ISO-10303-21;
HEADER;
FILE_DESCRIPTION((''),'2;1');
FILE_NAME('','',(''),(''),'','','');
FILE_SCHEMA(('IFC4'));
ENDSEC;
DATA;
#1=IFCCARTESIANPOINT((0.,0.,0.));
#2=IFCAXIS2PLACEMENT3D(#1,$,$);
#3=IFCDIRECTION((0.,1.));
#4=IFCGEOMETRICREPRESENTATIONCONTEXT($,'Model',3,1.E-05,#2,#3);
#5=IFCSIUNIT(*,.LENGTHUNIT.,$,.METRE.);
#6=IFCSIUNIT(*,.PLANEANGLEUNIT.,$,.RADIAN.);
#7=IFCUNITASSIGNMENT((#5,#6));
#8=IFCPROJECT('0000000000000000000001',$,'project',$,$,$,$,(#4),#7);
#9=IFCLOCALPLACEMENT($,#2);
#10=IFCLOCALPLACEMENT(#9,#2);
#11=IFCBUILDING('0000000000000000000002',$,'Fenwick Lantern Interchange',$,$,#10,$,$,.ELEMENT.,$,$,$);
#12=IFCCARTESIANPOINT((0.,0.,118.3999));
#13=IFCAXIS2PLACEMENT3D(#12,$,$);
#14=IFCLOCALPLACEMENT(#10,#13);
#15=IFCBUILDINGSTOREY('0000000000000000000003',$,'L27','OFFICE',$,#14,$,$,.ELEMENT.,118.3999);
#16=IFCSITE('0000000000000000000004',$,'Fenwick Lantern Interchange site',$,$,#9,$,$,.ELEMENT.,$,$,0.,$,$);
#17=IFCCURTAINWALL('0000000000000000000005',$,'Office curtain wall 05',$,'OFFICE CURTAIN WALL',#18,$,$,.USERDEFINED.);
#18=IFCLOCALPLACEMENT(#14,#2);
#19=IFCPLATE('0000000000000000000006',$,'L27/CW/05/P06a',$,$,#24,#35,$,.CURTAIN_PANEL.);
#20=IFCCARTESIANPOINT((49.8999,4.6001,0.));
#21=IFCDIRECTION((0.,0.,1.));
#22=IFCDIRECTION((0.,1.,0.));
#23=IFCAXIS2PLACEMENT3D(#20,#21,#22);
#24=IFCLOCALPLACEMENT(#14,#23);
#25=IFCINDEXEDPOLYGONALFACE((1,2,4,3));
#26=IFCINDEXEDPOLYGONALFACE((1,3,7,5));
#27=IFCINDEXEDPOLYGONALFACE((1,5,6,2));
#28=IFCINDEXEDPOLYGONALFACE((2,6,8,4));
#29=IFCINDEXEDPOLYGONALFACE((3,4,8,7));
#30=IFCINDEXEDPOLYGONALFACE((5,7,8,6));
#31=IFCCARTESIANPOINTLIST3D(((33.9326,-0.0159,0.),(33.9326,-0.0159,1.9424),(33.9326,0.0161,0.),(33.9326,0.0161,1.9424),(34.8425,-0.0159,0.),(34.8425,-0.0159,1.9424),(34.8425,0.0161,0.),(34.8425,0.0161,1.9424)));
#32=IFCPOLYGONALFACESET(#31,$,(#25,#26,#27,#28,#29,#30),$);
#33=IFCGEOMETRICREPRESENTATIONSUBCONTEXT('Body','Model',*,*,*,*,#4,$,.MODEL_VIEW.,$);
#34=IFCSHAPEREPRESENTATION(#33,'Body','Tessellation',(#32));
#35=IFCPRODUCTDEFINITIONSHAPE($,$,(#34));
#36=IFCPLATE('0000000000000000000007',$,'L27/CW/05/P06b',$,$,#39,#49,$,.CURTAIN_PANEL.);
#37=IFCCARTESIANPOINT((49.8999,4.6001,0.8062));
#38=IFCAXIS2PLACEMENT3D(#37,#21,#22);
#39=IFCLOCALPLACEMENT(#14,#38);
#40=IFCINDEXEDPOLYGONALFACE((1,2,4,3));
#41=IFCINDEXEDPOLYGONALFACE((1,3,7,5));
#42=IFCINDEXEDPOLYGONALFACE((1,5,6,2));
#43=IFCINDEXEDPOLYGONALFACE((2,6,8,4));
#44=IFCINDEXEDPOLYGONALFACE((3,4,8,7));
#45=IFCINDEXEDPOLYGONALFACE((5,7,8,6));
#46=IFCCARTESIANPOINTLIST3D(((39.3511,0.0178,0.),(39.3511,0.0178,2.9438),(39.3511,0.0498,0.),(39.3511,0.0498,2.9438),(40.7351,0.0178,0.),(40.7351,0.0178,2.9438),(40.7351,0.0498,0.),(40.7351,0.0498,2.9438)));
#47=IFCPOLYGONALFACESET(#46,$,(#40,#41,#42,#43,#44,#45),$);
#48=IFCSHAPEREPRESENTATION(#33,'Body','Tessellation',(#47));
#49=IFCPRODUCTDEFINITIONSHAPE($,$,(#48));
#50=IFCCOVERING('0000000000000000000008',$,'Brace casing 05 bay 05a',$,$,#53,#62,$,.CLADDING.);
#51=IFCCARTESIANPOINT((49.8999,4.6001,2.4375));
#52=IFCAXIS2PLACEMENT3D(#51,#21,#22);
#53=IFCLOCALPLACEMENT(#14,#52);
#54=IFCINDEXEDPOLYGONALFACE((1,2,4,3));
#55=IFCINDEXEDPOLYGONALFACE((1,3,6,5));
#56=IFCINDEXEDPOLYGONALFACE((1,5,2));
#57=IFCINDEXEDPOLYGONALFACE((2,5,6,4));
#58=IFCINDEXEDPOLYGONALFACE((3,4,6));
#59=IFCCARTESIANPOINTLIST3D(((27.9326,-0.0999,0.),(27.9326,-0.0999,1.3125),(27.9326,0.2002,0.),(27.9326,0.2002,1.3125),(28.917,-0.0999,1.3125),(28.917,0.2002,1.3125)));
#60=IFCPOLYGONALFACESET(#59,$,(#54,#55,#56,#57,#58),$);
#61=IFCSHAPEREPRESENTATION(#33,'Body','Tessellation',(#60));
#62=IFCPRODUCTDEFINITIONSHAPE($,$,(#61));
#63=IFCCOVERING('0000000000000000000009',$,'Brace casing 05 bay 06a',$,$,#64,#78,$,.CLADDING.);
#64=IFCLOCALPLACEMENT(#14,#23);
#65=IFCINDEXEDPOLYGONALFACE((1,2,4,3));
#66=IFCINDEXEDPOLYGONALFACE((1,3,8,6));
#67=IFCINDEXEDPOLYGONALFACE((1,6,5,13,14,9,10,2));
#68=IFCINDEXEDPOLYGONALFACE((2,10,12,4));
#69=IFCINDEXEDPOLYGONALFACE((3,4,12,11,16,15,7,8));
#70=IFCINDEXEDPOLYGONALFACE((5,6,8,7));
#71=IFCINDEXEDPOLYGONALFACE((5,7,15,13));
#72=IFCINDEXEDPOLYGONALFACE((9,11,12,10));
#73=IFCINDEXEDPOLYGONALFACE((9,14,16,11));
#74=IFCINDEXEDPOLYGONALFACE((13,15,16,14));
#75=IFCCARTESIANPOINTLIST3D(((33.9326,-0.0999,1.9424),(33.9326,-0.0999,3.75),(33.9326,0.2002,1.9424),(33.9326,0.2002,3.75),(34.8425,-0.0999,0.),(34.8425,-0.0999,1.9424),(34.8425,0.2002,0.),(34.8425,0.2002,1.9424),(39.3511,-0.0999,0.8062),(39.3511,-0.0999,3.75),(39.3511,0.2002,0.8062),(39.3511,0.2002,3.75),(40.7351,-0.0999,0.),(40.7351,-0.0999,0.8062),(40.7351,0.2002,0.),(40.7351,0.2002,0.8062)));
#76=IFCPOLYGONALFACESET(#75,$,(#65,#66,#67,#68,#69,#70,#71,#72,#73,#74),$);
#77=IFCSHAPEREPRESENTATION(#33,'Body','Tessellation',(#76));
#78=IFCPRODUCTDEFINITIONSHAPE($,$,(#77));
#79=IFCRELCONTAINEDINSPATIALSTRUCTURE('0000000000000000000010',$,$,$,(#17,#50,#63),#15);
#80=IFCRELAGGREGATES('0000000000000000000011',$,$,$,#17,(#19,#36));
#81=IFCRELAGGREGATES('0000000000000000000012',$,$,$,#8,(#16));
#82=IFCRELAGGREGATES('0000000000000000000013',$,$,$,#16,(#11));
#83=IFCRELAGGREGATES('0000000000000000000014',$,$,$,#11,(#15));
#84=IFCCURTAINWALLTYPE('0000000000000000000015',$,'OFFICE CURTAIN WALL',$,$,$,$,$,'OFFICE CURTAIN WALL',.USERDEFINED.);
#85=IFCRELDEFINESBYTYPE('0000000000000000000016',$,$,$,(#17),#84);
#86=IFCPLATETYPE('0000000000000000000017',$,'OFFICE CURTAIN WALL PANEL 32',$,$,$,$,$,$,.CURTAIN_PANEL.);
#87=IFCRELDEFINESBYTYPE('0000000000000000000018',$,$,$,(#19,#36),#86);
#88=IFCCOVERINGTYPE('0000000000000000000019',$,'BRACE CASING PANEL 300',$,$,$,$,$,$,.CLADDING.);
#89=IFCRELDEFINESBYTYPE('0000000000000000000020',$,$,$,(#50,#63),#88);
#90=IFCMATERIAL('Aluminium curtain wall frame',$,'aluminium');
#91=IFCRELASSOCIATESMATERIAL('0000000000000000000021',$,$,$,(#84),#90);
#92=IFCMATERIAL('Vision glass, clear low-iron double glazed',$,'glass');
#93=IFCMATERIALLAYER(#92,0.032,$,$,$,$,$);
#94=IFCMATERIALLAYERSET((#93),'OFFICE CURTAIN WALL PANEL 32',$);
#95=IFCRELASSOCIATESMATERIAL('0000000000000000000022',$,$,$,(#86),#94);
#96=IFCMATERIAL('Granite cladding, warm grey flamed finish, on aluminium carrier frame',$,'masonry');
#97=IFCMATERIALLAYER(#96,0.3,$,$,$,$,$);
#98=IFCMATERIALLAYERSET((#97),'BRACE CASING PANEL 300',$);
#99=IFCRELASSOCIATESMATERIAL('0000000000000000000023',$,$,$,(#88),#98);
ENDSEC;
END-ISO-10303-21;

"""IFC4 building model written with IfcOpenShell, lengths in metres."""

from ifc_helpers import new_model, si_unit, direction, frame, origin, place, context, subcontext, project, spatial, polyline, outline, extrude, material, layer, layer_set, type_object, element, aggregate, save


model = new_model("IFC4")

# Units and contexts
model_context = context("Model", 3, precision=1e-05, world=origin(), true_north=direction((0.0, 1.0)))
body_context = subcontext(model_context, "Body", "Model", "MODEL_VIEW")
ifc_project = project(units=[si_unit("LENGTHUNIT", "METRE"), si_unit("PLANEANGLEUNIT", "RADIAN")], contexts=[model_context])

# Site, building, storey
site_placement = place(None, origin())
site = spatial("IfcSite", under=ifc_project, at=site_placement, Name="Fenwick Lantern Interchange site", CompositionType="ELEMENT", RefElevation=0.0)
building_placement = place(site_placement, origin())
building = spatial("IfcBuilding", under=site, at=building_placement, Name="Fenwick Lantern Interchange", CompositionType="ELEMENT")
storey_placement = place(building_placement, frame((0.0, 0.0, 118.3999)))
storey = spatial("IfcBuildingStorey", under=building, at=storey_placement, Name="L27", Description="OFFICE", CompositionType="ELEMENT", Elevation=118.3999)

# Curtain wall, plates
ifc_material_1 = material(Name="Aluminium curtain wall frame", Category="aluminium")
curtain_wall_type = type_object("IfcCurtainWallType", Name="OFFICE CURTAIN WALL", ElementType="OFFICE CURTAIN WALL", PredefinedType="USERDEFINED", material=ifc_material_1)
curtain_wall_placement = place(storey_placement, origin())
curtain_wall = element("IfcCurtainWall", 1, at=curtain_wall_placement, inside=storey, type_object=curtain_wall_type, Name="Office curtain wall 05", ObjectType="OFFICE CURTAIN WALL", PredefinedType="USERDEFINED")
ifc_material_2 = material(Name="Vision glass, clear low-iron double glazed", Category="glass")
ifc_layer_1 = layer(ifc_material_2, 0.032)
ifc_layer_set_1 = layer_set([ifc_layer_1], Name="OFFICE CURTAIN WALL PANEL 32")
plate_type = type_object("IfcPlateType", Name="OFFICE CURTAIN WALL PANEL 32", PredefinedType="CURTAIN_PANEL", material=ifc_layer_set_1)
plate_1_placement = place(storey_placement, frame((49.8999, 4.6001, 0.0), z_axis=(0.0, 0.0, 1.0), x_axis=(0.0, 1.0, 0.0)))
plate_1 = element("IfcPlate", 2, at=plate_1_placement, type_object=plate_type, Name="L27/CW/05/P06a", PredefinedType="CURTAIN_PANEL", context=body_context, shape_type="SweptSolid", body=[
    extrude(outline(polyline([(33.9326, 0.0), (34.8425, 0.0), (34.8425, 1.9424), (33.9326, 1.9424), (33.9326, 0.0)])), frame((0.0, 0.0161, 0.0), z_axis=(0.0, -1.0, 0.0), x_axis=(1.0, 0.0, 0.0)), (0.0, 0.0, 1.0), 0.032),
])
plate_2_placement = place(storey_placement, frame((49.8999, 4.6001, 0.8062), z_axis=(0.0, 0.0, 1.0), x_axis=(0.0, 1.0, 0.0)))
plate_2 = element("IfcPlate", 3, at=plate_2_placement, type_object=plate_type, Name="L27/CW/05/P06b", PredefinedType="CURTAIN_PANEL", context=body_context, shape_type="SweptSolid", body=[
    extrude(outline(polyline([(39.3511, 0.0), (40.7351, 0.0), (40.7351, 2.9438), (39.3511, 2.9438), (39.3511, 0.0)])), frame((0.0, 0.0498, 0.0), z_axis=(0.0, -1.0, 0.0), x_axis=(1.0, 0.0, 0.0)), (0.0, 0.0, 1.0), 0.032),
])
aggregate(curtain_wall, [plate_1, plate_2])

# Coverings
ifc_material_3 = material(Name="Granite cladding, warm grey flamed finish, on aluminium carrier frame", Category="masonry")
ifc_layer_2 = layer(ifc_material_3, 0.3)
ifc_layer_set_2 = layer_set([ifc_layer_2], Name="BRACE CASING PANEL 300")
covering_type = type_object("IfcCoveringType", Name="BRACE CASING PANEL 300", PredefinedType="CLADDING", material=ifc_layer_set_2)
covering_1_placement = place(storey_placement, frame((49.8999, 4.6001, 2.4375), z_axis=(0.0, 0.0, 1.0), x_axis=(0.0, 1.0, 0.0)))
element("IfcCovering", 4, at=covering_1_placement, inside=storey, type_object=covering_type, Name="Brace casing 05 bay 05a", PredefinedType="CLADDING", context=body_context, shape_type="SweptSolid", body=[
    extrude(outline(polyline([(27.9326, 0.0), (28.917, 1.3125), (27.9326, 1.3125), (27.9326, 0.0)])), frame((0.0, 0.2002, 0.0), z_axis=(0.0, -1.0, 0.0), x_axis=(1.0, 0.0, 0.0)), (0.0, 0.0, 1.0), 0.3),
])
covering_2_placement = place(storey_placement, frame((49.8999, 4.6001, 0.0), z_axis=(0.0, 0.0, 1.0), x_axis=(0.0, 1.0, 0.0)))
element("IfcCovering", 5, at=covering_2_placement, inside=storey, type_object=covering_type, Name="Brace casing 05 bay 06a", PredefinedType="CLADDING", context=body_context, shape_type="SweptSolid", body=[
    extrude(outline(polyline([(34.8425, 0.0), (40.7351, 0.0), (40.7351, 0.8062), (39.3511, 0.8062), (39.3511, 3.75), (33.9326, 3.75), (33.9326, 1.9424), (34.8425, 1.9424), (34.8425, 0.0)])), frame((0.0, 0.2002, 0.0), z_axis=(0.0, -1.0, 0.0), x_axis=(1.0, 0.0, 0.0)), (0.0, 0.0, 1.0), 0.3),
])

save(model, "model.ifc")
